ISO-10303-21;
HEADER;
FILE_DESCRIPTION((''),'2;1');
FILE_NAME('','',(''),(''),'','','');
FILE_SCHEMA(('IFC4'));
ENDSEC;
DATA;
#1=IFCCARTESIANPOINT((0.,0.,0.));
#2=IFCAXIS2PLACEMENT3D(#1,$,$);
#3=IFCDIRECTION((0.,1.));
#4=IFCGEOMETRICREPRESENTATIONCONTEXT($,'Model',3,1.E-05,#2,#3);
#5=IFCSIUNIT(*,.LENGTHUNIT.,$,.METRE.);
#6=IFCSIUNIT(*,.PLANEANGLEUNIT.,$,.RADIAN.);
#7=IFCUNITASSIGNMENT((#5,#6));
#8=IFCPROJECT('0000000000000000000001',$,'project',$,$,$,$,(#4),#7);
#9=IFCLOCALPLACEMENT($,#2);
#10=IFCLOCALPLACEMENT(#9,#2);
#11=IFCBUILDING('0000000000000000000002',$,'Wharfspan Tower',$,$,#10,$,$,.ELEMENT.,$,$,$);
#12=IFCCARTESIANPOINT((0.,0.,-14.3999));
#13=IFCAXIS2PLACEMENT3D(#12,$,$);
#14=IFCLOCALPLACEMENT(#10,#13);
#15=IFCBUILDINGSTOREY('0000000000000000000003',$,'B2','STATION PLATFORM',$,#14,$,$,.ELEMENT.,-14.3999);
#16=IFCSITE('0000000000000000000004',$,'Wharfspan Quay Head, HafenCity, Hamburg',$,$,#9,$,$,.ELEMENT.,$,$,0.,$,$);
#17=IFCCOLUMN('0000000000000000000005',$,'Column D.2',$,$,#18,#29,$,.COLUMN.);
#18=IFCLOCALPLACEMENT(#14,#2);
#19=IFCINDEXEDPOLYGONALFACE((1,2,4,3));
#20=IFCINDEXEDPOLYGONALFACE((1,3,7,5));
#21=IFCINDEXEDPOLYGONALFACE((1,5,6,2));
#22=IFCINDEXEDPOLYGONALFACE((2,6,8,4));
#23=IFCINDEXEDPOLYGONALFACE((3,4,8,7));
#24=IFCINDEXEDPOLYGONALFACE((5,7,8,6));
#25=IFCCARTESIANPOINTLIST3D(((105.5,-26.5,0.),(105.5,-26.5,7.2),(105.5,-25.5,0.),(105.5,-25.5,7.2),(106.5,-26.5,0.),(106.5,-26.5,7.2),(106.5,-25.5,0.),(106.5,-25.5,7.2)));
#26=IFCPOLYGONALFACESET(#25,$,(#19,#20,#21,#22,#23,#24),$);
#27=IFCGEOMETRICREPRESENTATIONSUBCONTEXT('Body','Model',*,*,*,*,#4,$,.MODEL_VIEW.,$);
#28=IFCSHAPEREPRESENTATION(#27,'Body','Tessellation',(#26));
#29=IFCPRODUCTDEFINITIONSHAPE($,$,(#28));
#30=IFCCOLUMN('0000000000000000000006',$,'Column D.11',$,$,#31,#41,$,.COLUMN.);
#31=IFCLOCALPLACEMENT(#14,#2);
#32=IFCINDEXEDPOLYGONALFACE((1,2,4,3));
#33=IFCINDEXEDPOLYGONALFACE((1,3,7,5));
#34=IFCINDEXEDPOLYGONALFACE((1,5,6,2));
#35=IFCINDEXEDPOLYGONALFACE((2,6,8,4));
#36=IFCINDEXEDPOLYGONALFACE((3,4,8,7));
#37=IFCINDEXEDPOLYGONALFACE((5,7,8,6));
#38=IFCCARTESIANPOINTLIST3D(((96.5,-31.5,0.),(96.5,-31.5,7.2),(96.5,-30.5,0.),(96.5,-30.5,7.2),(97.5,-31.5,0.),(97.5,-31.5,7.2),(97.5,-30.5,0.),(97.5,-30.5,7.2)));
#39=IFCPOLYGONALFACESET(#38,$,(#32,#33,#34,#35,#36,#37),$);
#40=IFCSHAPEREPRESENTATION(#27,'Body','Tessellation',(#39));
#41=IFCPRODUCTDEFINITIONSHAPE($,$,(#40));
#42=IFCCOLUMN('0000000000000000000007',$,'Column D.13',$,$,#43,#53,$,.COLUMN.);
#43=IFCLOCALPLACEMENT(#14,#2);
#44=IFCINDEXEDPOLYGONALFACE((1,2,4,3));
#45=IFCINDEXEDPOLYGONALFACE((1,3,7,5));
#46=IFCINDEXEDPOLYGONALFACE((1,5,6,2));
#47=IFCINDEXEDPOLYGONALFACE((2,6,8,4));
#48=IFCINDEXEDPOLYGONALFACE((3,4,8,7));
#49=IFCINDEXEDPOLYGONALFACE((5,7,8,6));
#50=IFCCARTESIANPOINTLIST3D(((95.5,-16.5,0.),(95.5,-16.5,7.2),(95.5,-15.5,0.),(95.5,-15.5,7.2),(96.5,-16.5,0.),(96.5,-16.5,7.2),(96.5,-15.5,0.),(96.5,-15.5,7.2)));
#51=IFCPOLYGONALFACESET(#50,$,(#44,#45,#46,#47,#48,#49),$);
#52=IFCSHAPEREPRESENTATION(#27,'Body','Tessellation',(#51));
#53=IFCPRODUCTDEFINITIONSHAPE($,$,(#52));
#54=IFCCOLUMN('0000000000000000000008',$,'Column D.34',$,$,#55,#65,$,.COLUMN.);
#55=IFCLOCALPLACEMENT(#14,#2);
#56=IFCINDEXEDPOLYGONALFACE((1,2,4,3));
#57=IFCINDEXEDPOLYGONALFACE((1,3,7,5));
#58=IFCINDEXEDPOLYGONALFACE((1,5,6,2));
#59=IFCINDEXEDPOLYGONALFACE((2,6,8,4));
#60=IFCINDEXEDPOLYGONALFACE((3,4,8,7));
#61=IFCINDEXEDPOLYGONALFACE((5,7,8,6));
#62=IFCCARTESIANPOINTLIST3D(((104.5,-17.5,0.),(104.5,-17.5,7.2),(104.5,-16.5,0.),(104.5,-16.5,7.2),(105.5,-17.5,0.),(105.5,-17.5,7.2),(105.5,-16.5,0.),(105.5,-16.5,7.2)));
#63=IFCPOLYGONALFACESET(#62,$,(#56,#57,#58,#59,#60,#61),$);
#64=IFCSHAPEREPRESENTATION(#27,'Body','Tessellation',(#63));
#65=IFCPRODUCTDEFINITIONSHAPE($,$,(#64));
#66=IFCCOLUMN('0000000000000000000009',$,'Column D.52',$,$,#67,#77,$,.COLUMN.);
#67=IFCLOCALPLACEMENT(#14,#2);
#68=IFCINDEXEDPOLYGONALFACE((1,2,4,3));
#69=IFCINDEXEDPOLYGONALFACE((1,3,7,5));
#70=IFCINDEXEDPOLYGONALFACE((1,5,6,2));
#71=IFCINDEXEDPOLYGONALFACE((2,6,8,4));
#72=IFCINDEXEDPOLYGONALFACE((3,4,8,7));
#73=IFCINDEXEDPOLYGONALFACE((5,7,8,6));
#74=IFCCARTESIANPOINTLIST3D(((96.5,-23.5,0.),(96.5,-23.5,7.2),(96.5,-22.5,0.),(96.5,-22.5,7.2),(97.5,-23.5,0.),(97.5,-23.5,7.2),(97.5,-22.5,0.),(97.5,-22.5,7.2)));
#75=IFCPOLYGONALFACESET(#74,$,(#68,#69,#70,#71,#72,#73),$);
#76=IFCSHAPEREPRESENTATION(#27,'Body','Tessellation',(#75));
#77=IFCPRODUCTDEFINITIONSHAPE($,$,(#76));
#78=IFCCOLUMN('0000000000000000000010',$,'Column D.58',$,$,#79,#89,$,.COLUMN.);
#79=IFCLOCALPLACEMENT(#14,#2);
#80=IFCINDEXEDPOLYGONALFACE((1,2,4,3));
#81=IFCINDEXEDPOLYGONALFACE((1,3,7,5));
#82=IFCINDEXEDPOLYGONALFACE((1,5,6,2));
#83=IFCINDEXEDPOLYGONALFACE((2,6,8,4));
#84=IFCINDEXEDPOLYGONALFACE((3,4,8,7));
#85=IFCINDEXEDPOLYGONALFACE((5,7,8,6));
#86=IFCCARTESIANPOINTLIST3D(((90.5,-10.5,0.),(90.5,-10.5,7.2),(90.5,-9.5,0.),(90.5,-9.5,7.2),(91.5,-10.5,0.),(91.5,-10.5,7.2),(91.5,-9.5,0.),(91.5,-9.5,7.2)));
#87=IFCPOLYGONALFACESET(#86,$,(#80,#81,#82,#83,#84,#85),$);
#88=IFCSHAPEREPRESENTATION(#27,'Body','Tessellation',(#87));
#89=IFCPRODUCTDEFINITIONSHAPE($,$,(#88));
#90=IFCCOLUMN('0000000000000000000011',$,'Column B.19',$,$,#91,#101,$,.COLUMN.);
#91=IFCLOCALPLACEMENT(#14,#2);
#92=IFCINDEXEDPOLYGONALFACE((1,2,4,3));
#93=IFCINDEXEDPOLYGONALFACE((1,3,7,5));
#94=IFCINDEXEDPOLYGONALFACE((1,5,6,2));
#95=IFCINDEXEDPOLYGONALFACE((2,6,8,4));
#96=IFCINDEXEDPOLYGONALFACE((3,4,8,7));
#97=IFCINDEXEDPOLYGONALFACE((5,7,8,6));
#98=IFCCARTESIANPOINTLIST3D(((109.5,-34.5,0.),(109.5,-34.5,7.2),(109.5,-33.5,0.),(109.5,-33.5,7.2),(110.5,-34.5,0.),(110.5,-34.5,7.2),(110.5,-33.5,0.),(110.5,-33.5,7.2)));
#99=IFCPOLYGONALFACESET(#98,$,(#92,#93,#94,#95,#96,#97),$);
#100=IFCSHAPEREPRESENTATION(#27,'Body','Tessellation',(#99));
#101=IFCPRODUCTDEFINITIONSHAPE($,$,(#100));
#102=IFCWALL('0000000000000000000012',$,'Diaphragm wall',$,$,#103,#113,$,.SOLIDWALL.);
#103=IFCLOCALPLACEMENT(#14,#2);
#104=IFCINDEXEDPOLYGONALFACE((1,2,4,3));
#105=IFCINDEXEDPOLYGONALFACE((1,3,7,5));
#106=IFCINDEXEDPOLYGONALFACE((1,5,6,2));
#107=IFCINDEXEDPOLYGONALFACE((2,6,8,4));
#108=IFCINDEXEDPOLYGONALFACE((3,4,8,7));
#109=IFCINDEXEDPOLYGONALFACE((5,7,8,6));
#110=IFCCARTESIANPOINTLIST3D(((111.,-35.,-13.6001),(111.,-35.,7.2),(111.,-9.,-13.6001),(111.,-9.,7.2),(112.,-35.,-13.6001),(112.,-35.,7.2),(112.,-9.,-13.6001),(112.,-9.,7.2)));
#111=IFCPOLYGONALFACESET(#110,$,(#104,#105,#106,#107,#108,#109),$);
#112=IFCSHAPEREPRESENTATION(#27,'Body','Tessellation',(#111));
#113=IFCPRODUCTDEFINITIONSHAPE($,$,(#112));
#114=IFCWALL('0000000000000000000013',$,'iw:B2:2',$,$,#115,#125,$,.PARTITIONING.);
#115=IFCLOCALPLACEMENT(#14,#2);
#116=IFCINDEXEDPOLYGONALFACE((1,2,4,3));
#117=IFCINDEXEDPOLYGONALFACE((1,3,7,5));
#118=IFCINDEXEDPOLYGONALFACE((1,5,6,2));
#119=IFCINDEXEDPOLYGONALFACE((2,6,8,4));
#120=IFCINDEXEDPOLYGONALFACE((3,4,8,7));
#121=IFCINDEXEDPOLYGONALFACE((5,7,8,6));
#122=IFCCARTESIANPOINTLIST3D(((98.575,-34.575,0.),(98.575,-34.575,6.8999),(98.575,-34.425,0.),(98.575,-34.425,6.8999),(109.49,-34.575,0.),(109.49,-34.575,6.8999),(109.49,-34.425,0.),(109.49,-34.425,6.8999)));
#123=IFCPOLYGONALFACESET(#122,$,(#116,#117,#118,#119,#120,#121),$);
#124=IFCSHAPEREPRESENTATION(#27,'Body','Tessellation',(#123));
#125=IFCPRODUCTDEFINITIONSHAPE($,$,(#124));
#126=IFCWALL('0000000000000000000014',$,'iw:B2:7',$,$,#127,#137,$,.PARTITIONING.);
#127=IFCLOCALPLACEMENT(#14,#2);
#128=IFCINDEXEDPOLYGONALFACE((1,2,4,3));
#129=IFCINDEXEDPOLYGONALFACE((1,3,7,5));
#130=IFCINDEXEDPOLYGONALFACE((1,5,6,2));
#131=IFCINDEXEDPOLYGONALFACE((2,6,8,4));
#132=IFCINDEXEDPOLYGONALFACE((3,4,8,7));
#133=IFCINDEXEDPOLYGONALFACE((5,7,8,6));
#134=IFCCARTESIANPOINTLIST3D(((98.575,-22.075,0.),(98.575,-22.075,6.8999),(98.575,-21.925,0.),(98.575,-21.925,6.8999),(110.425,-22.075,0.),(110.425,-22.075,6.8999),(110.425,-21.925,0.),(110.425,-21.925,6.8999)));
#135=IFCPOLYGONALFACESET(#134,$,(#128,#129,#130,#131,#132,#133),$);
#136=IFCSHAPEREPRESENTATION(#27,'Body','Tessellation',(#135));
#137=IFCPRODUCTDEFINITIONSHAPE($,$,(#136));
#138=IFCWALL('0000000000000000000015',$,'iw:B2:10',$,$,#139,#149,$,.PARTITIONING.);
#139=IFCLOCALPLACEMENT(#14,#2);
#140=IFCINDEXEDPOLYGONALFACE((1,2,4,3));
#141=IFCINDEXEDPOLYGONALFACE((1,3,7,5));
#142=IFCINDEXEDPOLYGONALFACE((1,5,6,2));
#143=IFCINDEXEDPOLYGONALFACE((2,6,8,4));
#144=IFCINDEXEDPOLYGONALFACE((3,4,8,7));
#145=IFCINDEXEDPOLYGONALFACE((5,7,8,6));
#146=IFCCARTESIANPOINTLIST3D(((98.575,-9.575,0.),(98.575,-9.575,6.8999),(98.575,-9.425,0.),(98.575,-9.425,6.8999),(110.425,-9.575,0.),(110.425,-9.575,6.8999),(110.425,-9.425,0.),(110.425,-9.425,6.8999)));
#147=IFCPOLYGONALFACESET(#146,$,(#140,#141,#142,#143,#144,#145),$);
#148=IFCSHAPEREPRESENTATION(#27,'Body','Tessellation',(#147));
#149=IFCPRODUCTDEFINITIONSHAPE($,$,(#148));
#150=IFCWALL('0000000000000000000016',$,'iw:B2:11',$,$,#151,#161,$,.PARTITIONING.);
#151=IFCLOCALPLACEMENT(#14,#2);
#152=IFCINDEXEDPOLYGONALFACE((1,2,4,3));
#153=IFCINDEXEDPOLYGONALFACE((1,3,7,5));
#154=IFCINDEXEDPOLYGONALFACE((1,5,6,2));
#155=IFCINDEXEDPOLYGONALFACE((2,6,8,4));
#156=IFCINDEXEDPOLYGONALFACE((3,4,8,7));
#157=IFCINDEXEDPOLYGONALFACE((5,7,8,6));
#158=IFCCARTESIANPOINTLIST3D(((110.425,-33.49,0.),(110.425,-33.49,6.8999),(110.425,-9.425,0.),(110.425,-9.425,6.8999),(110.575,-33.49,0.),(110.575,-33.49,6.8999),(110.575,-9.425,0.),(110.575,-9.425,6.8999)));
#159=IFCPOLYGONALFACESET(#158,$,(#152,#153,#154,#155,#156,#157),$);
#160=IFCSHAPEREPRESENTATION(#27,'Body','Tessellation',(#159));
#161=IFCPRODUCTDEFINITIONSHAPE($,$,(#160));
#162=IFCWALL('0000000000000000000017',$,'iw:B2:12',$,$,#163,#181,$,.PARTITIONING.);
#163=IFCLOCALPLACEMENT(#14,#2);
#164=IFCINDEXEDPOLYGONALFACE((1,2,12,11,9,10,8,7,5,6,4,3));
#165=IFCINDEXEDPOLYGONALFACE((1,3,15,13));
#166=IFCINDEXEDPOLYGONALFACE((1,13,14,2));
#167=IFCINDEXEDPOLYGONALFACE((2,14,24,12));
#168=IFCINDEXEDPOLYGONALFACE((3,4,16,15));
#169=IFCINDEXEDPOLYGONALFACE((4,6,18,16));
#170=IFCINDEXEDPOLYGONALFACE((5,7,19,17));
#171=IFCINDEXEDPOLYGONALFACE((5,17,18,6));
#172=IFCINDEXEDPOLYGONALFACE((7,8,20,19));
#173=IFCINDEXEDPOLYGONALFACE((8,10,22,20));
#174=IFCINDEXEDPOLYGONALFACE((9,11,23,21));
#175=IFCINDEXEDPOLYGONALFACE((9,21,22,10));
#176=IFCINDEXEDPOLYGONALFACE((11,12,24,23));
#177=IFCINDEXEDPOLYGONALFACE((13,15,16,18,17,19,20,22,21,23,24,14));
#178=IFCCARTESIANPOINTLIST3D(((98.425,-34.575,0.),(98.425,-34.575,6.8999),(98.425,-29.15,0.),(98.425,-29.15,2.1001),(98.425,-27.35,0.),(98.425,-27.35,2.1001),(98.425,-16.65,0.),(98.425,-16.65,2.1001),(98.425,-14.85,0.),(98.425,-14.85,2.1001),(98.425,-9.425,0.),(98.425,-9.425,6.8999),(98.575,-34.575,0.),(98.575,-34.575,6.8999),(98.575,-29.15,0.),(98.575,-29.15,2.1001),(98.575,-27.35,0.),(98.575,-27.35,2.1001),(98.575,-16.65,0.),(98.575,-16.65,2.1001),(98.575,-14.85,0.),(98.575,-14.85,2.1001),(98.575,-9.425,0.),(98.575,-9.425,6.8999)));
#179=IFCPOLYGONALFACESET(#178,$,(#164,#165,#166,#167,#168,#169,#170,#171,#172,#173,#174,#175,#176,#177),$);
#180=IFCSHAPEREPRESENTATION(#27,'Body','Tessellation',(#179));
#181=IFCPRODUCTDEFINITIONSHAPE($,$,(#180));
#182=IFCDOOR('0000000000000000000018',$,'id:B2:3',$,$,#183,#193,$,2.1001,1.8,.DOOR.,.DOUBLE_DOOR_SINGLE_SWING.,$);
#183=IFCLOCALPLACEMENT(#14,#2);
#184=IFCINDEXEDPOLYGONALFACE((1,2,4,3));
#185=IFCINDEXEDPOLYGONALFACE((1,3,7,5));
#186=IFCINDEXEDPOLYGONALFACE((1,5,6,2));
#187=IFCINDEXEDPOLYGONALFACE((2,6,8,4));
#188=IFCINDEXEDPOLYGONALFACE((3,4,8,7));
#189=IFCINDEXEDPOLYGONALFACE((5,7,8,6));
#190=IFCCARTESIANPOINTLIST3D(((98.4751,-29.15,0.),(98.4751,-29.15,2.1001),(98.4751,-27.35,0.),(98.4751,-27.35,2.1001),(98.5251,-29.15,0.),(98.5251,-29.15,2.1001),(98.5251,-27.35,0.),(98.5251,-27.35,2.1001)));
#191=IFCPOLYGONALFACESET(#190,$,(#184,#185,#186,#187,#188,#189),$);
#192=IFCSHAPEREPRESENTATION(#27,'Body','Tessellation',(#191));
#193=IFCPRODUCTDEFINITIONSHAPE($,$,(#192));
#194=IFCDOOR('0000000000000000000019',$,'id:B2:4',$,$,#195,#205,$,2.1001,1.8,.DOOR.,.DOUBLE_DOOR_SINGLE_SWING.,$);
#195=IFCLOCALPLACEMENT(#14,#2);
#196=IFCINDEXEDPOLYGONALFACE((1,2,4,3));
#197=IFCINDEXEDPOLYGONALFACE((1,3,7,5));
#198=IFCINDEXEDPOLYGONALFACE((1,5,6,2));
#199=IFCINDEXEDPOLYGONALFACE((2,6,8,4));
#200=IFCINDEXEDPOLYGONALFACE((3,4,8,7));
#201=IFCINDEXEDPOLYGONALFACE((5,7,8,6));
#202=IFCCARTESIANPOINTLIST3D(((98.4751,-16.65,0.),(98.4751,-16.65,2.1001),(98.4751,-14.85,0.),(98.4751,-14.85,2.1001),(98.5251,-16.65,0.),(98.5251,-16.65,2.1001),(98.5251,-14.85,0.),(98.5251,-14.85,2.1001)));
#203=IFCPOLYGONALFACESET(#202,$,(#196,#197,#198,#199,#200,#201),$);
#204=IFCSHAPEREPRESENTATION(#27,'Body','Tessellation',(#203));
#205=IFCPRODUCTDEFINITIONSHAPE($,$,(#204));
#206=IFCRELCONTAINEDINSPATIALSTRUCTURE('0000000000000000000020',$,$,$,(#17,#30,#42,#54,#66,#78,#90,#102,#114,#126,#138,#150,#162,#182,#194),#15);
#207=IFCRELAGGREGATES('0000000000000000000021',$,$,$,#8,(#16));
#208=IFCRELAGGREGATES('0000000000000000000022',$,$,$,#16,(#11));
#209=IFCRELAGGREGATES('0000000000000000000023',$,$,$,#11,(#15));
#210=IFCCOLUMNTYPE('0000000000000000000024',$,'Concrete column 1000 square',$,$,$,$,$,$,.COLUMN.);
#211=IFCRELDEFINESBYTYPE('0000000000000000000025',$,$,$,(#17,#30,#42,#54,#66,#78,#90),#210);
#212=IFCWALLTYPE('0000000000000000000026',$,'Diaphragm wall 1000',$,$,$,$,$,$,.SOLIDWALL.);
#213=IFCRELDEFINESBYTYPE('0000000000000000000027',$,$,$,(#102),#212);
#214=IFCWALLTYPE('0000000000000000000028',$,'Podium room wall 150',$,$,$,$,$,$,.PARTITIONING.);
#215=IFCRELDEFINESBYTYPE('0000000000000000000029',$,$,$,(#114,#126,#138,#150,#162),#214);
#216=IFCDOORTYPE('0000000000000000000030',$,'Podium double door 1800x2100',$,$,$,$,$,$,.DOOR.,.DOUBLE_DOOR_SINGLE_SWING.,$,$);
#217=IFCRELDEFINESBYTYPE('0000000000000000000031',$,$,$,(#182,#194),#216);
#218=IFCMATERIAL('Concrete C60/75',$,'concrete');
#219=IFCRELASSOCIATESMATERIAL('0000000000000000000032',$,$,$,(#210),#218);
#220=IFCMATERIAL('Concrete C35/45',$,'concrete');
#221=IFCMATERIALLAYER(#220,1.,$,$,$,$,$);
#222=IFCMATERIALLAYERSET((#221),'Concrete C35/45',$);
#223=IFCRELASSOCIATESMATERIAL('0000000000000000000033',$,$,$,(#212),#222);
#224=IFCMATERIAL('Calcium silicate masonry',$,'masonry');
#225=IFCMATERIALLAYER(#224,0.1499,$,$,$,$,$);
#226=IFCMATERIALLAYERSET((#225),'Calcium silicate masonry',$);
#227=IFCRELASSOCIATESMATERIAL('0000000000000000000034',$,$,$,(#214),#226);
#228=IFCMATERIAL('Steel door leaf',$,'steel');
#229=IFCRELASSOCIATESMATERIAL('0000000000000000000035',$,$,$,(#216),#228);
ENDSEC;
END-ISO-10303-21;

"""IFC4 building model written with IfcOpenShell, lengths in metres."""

from ifc_helpers import new_model, si_unit, direction, frame, frame_2d, origin, origin_2d, place, context, subcontext, project, spatial, rectangle, extrude, material, layer, layer_set, material_profile, profile_set, type_object, element, fill, save


model = new_model("IFC4")

# Units and contexts
model_context = context("Model", 3, precision=1e-05, world=origin(), true_north=direction((0.0, 1.0)))
body_context = subcontext(model_context, "Body", "Model", "MODEL_VIEW")
ifc_project = project(units=[si_unit("LENGTHUNIT", "METRE"), si_unit("PLANEANGLEUNIT", "RADIAN")], contexts=[model_context])

# Site, building, storey
site_placement = place(None, origin())
site = spatial("IfcSite", under=ifc_project, at=site_placement, Name="Wharfspan Quay Head, HafenCity, Hamburg", CompositionType="ELEMENT", RefElevation=0.0)
building_placement = place(site_placement, origin())
building = spatial("IfcBuilding", under=site, at=building_placement, Name="Wharfspan Tower", CompositionType="ELEMENT")
storey_placement = place(building_placement, frame((0.0, 0.0, -14.3999)))
storey = spatial("IfcBuildingStorey", under=building, at=storey_placement, Name="B2", Description="STATION PLATFORM", CompositionType="ELEMENT", Elevation=-14.3999)

# Columns
ifc_material_1 = material(Name="Concrete C60/75", Category="concrete")
ifc_material_profile = material_profile(ifc_material_1, rectangle(XDim=1.0, YDim=1.0, at=origin_2d()))
ifc_profile_set = profile_set([ifc_material_profile], Name="Concrete C60/75")
column_type = type_object("IfcColumnType", Name="Concrete column 1000 square", PredefinedType="COLUMN", material=ifc_profile_set)
for number, where, z_axis, x_axis, name in (
    (1, (106.0, -26.0, 0.0), (0.0, 0.0, 1.0), (1.0, 0.0, 0.0), "Column D.2"),
    (2, (97.0, -31.0, 0.0), (0.0, 0.0, 1.0), (1.0, 0.0, 0.0), "Column D.11"),
    (3, (96.0, -16.0, 0.0), (0.0, 0.0, 1.0), (1.0, 0.0, 0.0), "Column D.13"),
    (4, (105.0, -17.0, 0.0), (0.0, 0.0, 1.0), (1.0, 0.0, 0.0), "Column D.34"),
    (5, (97.0, -23.0, 0.0), (0.0, 0.0, 1.0), (1.0, 0.0, 0.0), "Column D.52"),
    (6, (91.0, -10.0, 0.0), (0.0, 0.0, 1.0), (1.0, 0.0, 0.0), "Column D.58"),
    (7, (110.0, -34.0, 0.0), (0.0, 0.0, 1.0), (1.0, 0.0, 0.0), "Column B.19"),
):
    element("IfcColumn", number, at=place(storey_placement, frame(where, z_axis=z_axis, x_axis=x_axis)), inside=storey, type_object=column_type, Name=name, PredefinedType="COLUMN", context=body_context, shape_type="SweptSolid", body=[
        extrude(rectangle(XDim=1.0, YDim=1.0, at=origin_2d()), origin(), (0.0, 0.0, 1.0), 7.2),
    ])

# Walls
ifc_material_2 = material(Name="Concrete C35/45", Category="concrete")
ifc_layer_1 = layer(ifc_material_2, 1.0)
ifc_layer_set_1 = layer_set([ifc_layer_1], Name="Concrete C35/45")
wall_type_1 = type_object("IfcWallType", Name="Diaphragm wall 1000", PredefinedType="SOLIDWALL", material=ifc_layer_set_1)
wall_1_placement = place(storey_placement, frame((111.5, -35.0, -13.6001), z_axis=(0.0, 0.0, 1.0), x_axis=(0.0, 1.0, 0.0)))
element("IfcWall", 8, at=wall_1_placement, inside=storey, type_object=wall_type_1, Name="Diaphragm wall", PredefinedType="SOLIDWALL", context=body_context, shape_type="SweptSolid", body=[
    extrude(rectangle(XDim=26.0, YDim=1.0, at=frame_2d((13.0, 0.0))), origin(), (0.0, 0.0, 1.0), 20.8),
])
ifc_material_3 = material(Name="Calcium silicate masonry", Category="masonry")
ifc_layer_2 = layer(ifc_material_3, 0.1499)
ifc_layer_set_2 = layer_set([ifc_layer_2], Name="Calcium silicate masonry")
wall_type_2 = type_object("IfcWallType", Name="Podium room wall 150", PredefinedType="PARTITIONING", material=ifc_layer_set_2)
wall_2_placement = place(storey_placement, frame((98.575, -34.5, 0.0), z_axis=(0.0, 0.0, 1.0), x_axis=(1.0, 0.0, 0.0)))
element("IfcWall", 9, at=wall_2_placement, inside=storey, type_object=wall_type_2, Name="iw:B2:2", PredefinedType="PARTITIONING", context=body_context, shape_type="SweptSolid", body=[
    extrude(rectangle(XDim=10.915, YDim=0.1499, at=frame_2d((5.4575, 0.0))), origin(), (0.0, 0.0, 1.0), 6.8999),
])
for number, where, z_axis, x_axis, name in (
    (10, (98.575, -22.0, 0.0), (0.0, 0.0, 1.0), (1.0, 0.0, 0.0), "iw:B2:7"),
    (11, (98.575, -9.5, 0.0), (0.0, 0.0, 1.0), (1.0, 0.0, 0.0), "iw:B2:10"),
):
    element("IfcWall", number, at=place(storey_placement, frame(where, z_axis=z_axis, x_axis=x_axis)), inside=storey, type_object=wall_type_2, Name=name, PredefinedType="PARTITIONING", context=body_context, shape_type="SweptSolid", body=[
        extrude(rectangle(XDim=11.8501, YDim=0.1499, at=frame_2d((5.925, 0.0))), origin(), (0.0, 0.0, 1.0), 6.8999),
    ])
wall_3_placement = place(storey_placement, frame((110.5, -33.49, 0.0), z_axis=(0.0, 0.0, 1.0), x_axis=(0.0, 1.0, 0.0)))
element("IfcWall", 12, at=wall_3_placement, inside=storey, type_object=wall_type_2, Name="iw:B2:11", PredefinedType="PARTITIONING", context=body_context, shape_type="SweptSolid", body=[
    extrude(rectangle(XDim=24.0649, YDim=0.1499, at=frame_2d((12.0325, 0.0))), origin(), (0.0, 0.0, 1.0), 6.8999),
])

# Wall, openings, doors
wall_4_placement = place(storey_placement, frame((98.5, -34.575, 0.0), z_axis=(0.0, 0.0, 1.0), x_axis=(0.0, 1.0, 0.0)))
wall_4 = element("IfcWall", 13, at=wall_4_placement, inside=storey, type_object=wall_type_2, Name="iw:B2:12", PredefinedType="PARTITIONING", context=body_context, shape_type="SweptSolid", body=[
    extrude(rectangle(XDim=25.1499, YDim=0.1499, at=frame_2d((12.575, 0.0))), origin(), (0.0, 0.0, 1.0), 6.8999),
])
opening_1_placement = place(wall_4_placement, frame((5.425, 0.0, 0.0)))
opening_1 = element("IfcOpeningElement", 14, at=opening_1_placement, cuts=wall_4, PredefinedType="OPENING", context=body_context, shape_type="SweptSolid", body=[
    extrude(rectangle(XDim=1.8, YDim=2.1001, at=frame_2d((0.8999, 1.05))), frame((0.0, 0.085, 0.0), z_axis=(0.0, -1.0, 0.0), x_axis=(1.0, 0.0, 0.0)), (0.0, 0.0, 1.0), 0.1699),
])
opening_2_placement = place(wall_4_placement, frame((17.925, 0.0, 0.0)))
opening_2 = element("IfcOpeningElement", 15, at=opening_2_placement, cuts=wall_4, PredefinedType="OPENING", context=body_context, shape_type="SweptSolid", body=[
    extrude(rectangle(XDim=1.8, YDim=2.1001, at=frame_2d((0.8999, 1.05))), frame((0.0, 0.085, 0.0), z_axis=(0.0, -1.0, 0.0), x_axis=(1.0, 0.0, 0.0)), (0.0, 0.0, 1.0), 0.1699),
])
ifc_material_4 = material(Name="Steel door leaf", Category="steel")
door_type_1 = type_object("IfcDoorType", Name="Podium double door 1800x2100", OperationType="DOUBLE_DOOR_SINGLE_SWING", PredefinedType="DOOR", material=ifc_material_4)
door_1_placement = place(opening_1_placement, origin())
door_1 = element("IfcDoor", 16, at=door_1_placement, inside=storey, type_object=door_type_1, Name="id:B2:3", OperationType="DOUBLE_DOOR_SINGLE_SWING", OverallHeight=2.1001, OverallWidth=1.8, PredefinedType="DOOR", context=body_context, shape_type="SweptSolid", body=[
    extrude(rectangle(XDim=1.8, YDim=2.1001, at=frame_2d((0.8999, 1.05))), frame((0.0, 0.0249, 0.0), z_axis=(0.0, -1.0, 0.0), x_axis=(1.0, 0.0, 0.0)), (0.0, 0.0, 1.0), 0.05),
])
fill(opening_1, door_1)
door_2_placement = place(opening_2_placement, origin())
door_2 = element("IfcDoor", 17, at=door_2_placement, inside=storey, type_object=door_type_1, Name="id:B2:4", OperationType="DOUBLE_DOOR_SINGLE_SWING", OverallHeight=2.1001, OverallWidth=1.8, PredefinedType="DOOR", context=body_context, shape_type="SweptSolid", body=[
    extrude(rectangle(XDim=1.8, YDim=2.1001, at=frame_2d((0.8999, 1.05))), frame((0.0, 0.0249, 0.0), z_axis=(0.0, -1.0, 0.0), x_axis=(1.0, 0.0, 0.0)), (0.0, 0.0, 1.0), 0.05),
])
fill(opening_2, door_2)

save(model, "model.ifc")
